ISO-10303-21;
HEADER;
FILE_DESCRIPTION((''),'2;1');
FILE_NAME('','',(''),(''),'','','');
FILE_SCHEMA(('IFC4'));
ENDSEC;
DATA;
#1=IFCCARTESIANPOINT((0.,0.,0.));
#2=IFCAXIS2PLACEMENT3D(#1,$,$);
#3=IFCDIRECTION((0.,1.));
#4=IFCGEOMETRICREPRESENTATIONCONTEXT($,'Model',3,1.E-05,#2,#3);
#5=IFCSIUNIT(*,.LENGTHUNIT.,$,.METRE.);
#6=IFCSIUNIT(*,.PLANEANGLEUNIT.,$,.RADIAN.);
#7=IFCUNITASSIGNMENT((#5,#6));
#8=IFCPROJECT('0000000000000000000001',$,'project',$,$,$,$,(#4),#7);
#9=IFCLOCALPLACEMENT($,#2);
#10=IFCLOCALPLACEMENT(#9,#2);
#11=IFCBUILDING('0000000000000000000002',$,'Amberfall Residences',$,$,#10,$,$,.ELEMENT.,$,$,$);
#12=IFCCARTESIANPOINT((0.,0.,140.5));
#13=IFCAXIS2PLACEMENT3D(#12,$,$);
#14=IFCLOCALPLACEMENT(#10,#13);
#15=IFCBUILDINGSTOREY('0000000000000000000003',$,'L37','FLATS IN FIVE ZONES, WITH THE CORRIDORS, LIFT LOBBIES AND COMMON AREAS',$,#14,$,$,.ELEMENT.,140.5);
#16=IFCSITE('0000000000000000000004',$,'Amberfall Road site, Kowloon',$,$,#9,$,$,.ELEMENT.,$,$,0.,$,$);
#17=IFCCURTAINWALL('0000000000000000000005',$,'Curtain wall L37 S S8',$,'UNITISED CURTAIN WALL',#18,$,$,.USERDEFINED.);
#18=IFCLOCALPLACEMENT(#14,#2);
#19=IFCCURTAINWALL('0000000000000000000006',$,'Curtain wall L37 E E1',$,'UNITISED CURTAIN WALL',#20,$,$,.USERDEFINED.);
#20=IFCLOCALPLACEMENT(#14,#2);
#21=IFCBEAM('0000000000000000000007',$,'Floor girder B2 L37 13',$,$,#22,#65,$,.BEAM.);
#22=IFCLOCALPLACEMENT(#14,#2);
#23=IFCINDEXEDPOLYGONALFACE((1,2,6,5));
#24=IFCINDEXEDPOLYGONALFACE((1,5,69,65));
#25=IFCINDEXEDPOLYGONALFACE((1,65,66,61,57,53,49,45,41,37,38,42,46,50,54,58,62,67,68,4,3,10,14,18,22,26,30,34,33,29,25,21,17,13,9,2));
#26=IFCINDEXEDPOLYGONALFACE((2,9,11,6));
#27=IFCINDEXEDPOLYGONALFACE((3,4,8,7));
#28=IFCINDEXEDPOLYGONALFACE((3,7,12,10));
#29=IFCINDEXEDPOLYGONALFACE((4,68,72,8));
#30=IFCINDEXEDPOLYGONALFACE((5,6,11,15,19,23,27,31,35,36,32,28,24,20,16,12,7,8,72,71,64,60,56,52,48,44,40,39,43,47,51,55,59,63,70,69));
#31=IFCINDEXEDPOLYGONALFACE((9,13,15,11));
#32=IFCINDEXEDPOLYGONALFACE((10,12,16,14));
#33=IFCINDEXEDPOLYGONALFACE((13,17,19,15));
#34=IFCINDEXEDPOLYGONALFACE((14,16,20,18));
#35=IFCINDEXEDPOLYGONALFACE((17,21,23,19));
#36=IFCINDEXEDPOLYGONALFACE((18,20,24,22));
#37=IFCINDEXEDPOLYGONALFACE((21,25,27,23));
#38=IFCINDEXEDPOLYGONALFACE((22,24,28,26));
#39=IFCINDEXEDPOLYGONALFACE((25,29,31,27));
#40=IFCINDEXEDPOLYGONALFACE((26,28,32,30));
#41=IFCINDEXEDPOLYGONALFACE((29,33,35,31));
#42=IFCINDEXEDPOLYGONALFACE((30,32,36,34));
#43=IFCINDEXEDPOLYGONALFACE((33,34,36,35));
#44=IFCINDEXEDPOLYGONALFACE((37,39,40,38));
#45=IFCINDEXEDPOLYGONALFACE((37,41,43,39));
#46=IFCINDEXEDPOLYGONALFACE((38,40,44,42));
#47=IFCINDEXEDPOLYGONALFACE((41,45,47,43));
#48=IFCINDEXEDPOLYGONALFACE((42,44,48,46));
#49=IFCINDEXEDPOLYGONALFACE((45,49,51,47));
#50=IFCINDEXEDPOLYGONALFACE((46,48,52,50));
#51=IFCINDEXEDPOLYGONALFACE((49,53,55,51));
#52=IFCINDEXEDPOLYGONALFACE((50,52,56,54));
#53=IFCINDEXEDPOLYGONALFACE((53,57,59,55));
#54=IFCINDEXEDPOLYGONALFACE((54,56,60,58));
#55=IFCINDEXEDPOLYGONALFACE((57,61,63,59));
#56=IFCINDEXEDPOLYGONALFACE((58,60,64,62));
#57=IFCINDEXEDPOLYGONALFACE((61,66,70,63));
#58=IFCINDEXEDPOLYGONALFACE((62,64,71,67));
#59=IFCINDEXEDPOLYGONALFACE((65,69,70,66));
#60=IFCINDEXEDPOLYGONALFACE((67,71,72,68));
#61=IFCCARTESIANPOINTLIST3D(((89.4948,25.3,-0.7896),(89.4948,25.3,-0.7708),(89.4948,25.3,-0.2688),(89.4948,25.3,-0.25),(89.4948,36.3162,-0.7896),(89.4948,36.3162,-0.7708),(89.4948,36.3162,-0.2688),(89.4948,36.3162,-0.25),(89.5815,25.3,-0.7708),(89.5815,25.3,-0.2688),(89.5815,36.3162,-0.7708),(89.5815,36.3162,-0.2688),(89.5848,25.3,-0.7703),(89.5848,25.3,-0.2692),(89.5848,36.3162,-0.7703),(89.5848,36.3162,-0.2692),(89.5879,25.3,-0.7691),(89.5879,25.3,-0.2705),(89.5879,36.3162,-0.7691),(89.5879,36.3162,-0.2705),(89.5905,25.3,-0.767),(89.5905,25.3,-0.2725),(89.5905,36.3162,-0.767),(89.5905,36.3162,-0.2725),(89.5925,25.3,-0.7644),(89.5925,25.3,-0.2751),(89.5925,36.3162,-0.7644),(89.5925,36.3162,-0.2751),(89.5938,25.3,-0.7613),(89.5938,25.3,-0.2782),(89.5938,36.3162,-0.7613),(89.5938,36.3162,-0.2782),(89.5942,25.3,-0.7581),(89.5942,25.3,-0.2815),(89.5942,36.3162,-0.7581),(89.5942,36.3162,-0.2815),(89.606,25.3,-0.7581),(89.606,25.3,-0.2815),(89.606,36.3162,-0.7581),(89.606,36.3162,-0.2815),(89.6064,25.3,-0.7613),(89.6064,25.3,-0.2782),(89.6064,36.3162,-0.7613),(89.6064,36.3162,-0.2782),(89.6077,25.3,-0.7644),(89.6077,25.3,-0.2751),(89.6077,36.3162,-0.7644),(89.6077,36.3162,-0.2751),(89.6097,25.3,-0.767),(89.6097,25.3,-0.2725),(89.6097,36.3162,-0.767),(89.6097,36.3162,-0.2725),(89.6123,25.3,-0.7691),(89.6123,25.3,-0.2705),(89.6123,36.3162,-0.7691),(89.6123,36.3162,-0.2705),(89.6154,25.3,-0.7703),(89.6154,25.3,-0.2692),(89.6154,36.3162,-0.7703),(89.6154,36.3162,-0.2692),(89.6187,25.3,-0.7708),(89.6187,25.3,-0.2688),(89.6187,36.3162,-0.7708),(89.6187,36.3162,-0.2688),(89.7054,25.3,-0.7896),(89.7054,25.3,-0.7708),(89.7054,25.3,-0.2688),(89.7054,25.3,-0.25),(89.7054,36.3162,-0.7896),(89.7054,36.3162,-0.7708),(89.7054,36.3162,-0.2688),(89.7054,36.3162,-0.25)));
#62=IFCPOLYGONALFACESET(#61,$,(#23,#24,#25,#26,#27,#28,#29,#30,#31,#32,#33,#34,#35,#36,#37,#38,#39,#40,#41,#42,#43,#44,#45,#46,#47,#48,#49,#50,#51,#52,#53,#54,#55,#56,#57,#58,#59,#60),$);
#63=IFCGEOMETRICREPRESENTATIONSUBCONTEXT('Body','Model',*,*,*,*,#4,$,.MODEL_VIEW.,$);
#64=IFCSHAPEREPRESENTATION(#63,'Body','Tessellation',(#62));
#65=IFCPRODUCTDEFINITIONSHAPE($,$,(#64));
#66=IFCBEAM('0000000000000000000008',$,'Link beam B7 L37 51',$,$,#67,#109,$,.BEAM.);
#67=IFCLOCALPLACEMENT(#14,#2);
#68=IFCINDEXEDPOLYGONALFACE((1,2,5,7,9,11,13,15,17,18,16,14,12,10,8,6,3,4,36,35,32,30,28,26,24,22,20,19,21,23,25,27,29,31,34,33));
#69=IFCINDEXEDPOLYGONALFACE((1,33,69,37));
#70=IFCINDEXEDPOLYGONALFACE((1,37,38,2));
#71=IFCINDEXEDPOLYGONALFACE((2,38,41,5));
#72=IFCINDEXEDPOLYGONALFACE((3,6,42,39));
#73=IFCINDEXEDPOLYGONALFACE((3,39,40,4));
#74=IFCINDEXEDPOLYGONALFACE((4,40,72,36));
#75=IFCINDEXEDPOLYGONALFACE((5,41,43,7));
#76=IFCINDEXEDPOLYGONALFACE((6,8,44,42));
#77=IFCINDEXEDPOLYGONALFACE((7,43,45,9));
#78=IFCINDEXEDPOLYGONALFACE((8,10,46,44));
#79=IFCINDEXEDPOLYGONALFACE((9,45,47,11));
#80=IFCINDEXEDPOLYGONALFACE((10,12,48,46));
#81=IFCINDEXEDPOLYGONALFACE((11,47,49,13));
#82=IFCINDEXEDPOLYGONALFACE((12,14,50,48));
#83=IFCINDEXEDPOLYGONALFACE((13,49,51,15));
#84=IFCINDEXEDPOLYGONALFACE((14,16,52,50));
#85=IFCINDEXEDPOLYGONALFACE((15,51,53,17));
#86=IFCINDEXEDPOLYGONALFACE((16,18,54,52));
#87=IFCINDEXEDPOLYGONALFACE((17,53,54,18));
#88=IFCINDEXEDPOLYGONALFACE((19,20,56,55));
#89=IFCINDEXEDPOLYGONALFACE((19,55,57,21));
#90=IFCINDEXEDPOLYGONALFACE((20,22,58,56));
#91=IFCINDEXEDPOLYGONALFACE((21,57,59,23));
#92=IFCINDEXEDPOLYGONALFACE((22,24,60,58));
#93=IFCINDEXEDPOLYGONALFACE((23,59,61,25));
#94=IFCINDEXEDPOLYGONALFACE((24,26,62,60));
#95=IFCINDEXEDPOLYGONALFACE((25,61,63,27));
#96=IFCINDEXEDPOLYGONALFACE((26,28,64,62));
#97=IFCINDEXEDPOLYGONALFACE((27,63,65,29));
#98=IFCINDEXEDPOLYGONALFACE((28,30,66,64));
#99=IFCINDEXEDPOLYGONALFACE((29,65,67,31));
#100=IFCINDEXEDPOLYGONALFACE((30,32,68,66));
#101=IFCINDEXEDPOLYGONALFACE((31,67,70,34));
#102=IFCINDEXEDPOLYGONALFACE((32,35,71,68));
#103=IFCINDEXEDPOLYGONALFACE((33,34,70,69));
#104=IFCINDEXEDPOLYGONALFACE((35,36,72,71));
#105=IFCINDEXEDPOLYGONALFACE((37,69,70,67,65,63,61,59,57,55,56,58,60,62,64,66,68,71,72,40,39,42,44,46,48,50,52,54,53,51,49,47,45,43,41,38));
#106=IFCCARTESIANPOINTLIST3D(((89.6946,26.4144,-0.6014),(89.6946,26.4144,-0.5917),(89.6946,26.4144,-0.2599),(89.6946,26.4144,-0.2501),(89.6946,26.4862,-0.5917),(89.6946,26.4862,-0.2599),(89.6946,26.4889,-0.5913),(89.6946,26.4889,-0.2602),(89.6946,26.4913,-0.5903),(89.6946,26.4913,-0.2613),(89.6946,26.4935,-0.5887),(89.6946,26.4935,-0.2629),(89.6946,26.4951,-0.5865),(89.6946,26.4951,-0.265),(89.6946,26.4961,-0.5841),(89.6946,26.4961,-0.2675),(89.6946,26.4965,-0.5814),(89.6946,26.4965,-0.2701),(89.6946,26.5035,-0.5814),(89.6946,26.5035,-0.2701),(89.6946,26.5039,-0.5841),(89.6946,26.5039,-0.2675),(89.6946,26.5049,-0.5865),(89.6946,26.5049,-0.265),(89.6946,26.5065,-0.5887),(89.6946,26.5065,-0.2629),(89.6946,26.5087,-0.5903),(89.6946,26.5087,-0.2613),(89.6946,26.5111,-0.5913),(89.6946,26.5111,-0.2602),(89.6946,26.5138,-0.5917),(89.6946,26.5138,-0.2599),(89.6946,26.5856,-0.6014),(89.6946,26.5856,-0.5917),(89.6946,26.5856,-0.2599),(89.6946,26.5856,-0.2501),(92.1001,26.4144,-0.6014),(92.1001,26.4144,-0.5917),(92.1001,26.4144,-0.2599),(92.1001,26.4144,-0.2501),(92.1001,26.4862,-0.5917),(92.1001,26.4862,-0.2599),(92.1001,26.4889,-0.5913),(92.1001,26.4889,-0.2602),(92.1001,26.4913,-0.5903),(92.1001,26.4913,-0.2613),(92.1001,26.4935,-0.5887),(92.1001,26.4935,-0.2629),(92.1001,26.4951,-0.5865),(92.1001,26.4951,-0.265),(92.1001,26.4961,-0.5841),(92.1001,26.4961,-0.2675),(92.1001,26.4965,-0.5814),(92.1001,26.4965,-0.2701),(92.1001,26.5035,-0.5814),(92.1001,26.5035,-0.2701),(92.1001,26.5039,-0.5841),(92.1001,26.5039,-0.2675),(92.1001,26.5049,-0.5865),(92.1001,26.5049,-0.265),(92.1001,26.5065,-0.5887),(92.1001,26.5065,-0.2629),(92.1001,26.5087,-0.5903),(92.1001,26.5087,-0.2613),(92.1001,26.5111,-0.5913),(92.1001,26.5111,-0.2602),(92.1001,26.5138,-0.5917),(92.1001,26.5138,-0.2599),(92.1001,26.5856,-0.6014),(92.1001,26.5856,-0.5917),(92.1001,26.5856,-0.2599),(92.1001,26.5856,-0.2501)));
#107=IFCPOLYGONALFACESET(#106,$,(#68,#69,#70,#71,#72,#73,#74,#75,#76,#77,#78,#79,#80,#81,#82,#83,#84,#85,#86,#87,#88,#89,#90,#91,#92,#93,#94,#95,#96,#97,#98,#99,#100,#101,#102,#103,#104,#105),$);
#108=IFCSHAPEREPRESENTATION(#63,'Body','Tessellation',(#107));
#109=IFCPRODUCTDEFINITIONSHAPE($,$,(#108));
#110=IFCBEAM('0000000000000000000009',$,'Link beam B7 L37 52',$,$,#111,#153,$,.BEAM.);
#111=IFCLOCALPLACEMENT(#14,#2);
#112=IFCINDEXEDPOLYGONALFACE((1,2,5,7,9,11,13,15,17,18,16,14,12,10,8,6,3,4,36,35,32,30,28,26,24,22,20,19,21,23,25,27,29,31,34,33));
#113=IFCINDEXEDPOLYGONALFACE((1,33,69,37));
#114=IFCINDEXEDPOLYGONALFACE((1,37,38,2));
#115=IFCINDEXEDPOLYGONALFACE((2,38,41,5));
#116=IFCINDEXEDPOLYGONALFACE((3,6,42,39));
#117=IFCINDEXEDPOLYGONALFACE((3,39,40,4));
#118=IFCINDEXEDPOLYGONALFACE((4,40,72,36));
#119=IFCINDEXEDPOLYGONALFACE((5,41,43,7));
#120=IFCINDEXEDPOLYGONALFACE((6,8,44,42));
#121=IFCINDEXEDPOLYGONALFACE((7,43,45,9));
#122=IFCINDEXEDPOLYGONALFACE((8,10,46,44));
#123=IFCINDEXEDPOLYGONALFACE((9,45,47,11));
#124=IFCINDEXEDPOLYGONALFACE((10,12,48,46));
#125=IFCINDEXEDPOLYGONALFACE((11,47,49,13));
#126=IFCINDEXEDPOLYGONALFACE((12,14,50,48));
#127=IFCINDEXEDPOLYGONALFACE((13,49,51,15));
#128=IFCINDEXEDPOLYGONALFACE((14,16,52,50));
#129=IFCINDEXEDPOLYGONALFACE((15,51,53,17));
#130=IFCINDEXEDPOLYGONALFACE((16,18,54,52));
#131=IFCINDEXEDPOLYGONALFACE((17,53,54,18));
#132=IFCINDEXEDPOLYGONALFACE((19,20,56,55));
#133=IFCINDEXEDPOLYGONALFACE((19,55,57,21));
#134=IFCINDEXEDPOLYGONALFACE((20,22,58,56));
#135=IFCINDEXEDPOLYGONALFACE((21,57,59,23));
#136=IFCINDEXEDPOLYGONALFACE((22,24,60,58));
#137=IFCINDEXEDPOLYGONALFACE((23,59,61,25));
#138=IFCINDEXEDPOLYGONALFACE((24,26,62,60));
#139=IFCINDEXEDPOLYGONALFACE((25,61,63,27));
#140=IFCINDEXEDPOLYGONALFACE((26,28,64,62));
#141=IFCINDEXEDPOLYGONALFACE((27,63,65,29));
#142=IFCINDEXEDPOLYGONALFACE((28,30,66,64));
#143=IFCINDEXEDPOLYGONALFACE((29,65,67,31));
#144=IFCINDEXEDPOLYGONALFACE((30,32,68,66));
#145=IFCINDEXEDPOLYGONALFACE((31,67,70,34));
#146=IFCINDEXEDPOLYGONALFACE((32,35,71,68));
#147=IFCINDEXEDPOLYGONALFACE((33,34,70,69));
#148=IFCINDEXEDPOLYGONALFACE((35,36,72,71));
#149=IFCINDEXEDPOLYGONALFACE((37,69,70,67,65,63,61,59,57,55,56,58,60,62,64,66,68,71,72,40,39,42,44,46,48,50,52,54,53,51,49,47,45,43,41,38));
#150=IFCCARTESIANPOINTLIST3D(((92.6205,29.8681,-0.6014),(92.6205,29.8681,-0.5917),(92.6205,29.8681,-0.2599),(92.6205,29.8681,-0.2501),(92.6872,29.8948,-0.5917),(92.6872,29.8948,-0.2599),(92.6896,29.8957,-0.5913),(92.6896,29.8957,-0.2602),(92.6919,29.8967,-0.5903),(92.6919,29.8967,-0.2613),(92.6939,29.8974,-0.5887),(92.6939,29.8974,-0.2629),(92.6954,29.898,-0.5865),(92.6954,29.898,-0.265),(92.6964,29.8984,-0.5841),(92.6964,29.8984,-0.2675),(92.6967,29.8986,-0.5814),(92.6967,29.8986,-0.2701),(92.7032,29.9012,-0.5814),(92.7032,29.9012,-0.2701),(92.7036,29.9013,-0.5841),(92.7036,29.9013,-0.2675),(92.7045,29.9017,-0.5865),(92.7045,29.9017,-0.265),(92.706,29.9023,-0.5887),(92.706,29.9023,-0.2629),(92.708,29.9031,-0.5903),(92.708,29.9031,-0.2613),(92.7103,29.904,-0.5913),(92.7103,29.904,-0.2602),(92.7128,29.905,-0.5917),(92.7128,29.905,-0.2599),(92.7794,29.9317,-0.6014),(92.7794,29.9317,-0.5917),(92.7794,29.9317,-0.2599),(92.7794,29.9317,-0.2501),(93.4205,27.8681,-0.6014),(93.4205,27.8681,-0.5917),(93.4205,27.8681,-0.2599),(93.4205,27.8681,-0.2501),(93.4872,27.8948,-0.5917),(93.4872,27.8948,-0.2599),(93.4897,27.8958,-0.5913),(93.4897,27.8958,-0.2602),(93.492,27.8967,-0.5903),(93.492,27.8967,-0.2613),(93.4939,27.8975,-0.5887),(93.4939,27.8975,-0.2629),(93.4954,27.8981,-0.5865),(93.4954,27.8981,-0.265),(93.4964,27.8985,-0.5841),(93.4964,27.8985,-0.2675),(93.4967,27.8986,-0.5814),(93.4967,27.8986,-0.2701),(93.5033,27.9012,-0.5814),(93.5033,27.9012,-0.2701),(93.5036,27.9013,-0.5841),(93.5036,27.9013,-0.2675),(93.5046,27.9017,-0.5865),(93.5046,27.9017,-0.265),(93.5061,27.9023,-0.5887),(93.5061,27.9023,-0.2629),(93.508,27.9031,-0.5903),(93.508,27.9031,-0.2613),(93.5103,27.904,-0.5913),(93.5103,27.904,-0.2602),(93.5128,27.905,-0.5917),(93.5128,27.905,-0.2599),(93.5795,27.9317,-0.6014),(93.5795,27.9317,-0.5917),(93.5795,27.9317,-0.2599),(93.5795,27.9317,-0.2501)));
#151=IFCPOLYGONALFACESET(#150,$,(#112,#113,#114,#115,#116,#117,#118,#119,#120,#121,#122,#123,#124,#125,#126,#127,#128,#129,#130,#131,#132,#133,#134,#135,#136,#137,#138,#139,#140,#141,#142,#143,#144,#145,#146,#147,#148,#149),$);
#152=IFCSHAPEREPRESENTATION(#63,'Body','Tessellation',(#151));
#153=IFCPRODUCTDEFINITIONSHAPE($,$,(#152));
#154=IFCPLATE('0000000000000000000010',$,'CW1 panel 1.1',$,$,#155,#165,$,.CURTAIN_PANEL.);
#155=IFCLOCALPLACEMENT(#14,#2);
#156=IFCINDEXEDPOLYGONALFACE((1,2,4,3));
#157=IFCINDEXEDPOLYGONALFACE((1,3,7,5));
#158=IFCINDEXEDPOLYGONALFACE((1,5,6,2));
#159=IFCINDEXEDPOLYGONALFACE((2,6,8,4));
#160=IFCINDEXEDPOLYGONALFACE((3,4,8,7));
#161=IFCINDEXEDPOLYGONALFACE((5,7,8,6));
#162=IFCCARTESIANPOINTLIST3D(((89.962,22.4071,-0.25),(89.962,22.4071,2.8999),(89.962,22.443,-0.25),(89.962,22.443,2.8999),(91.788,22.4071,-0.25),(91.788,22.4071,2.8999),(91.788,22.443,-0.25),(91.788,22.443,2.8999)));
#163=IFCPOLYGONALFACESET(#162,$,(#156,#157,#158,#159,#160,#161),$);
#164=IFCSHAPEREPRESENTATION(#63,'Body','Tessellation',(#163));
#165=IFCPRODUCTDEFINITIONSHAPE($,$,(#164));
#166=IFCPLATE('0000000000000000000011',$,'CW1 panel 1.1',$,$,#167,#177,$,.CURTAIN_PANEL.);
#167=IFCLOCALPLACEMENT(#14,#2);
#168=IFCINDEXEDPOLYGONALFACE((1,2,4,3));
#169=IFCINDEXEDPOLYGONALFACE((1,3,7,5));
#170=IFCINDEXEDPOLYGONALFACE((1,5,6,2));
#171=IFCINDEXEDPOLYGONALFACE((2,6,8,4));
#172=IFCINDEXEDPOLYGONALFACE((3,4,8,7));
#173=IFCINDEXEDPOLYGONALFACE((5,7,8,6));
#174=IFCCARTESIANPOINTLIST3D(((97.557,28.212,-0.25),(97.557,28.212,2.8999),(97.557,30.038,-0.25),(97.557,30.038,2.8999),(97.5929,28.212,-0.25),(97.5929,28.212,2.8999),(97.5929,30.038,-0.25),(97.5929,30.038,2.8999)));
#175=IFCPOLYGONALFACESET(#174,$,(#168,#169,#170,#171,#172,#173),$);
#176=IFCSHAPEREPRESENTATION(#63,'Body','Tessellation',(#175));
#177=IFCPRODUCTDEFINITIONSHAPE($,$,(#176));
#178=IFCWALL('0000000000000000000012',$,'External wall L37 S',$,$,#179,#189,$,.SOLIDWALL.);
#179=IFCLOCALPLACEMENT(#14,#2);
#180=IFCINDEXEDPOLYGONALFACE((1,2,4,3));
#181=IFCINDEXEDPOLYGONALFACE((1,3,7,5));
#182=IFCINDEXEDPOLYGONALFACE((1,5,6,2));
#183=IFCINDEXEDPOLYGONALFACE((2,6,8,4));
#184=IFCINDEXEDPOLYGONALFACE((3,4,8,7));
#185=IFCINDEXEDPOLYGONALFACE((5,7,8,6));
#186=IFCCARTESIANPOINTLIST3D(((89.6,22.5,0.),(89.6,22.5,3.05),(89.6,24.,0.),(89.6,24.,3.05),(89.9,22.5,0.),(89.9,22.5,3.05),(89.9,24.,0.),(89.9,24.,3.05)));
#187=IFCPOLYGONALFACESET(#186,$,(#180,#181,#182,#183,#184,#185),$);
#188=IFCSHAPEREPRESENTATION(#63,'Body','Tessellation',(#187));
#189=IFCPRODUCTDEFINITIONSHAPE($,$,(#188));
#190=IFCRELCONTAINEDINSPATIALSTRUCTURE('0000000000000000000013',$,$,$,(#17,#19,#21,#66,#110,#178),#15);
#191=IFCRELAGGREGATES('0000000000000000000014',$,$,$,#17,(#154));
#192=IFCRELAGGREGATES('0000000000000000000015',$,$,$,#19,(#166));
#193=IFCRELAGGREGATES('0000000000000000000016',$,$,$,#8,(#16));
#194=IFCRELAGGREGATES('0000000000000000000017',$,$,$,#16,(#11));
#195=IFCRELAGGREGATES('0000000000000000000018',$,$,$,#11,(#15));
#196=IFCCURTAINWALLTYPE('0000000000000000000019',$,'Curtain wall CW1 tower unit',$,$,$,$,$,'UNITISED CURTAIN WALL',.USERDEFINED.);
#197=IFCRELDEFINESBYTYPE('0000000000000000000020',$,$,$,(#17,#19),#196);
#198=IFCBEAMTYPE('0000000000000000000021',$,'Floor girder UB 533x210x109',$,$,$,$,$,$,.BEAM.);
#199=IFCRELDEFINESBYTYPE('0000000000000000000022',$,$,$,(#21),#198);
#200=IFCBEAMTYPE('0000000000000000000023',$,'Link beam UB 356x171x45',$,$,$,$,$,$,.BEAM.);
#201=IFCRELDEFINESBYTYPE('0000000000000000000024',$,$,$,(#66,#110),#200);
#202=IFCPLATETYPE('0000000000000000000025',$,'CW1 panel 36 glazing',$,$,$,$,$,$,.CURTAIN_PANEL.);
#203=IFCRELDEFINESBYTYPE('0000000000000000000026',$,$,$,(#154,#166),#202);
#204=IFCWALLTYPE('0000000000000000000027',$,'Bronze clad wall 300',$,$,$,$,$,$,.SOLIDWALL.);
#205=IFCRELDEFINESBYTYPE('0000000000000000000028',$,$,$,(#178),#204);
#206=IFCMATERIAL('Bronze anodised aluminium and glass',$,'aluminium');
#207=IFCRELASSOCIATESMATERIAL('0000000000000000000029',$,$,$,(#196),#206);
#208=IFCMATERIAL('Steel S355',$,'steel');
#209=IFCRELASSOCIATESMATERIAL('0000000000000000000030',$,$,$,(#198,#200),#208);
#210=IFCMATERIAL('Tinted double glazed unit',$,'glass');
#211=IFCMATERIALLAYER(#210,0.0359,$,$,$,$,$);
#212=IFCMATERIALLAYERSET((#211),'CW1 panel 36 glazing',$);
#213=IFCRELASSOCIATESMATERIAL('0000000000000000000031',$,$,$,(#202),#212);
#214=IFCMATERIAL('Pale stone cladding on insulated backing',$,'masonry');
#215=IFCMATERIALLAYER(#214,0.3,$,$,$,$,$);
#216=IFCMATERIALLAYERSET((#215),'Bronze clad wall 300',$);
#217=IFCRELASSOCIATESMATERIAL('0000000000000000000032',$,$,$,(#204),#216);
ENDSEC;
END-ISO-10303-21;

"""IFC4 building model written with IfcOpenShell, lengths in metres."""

from ifc_helpers import new_model, si_unit, direction, frame, frame_2d, origin, origin_2d, place, context, subcontext, project, spatial, rectangle, i_section, extrude, material, layer, layer_set, material_profile, profile_set, type_object, element, aggregate, save


model = new_model("IFC4")

# Units and contexts
model_context = context("Model", 3, precision=1e-05, world=origin(), true_north=direction((0.0, 1.0)))
body_context = subcontext(model_context, "Body", "Model", "MODEL_VIEW")
ifc_project = project(units=[si_unit("LENGTHUNIT", "METRE"), si_unit("PLANEANGLEUNIT", "RADIAN")], contexts=[model_context])

# Site, building, storey
site_placement = place(None, origin())
site = spatial("IfcSite", under=ifc_project, at=site_placement, Name="Amberfall Road site, Kowloon", CompositionType="ELEMENT", RefElevation=0.0)
building_placement = place(site_placement, origin())
building = spatial("IfcBuilding", under=site, at=building_placement, Name="Amberfall Residences", CompositionType="ELEMENT")
storey_placement = place(building_placement, frame((0.0, 0.0, 140.5)))
storey = spatial("IfcBuildingStorey", under=building, at=storey_placement, Name="L37", Description="FLATS IN FIVE ZONES, WITH THE CORRIDORS, LIFT LOBBIES AND COMMON AREAS", CompositionType="ELEMENT", Elevation=140.5)

# Curtain walls
ifc_material_1 = material(Name="Bronze anodised aluminium and glass", Category="aluminium")
curtain_wall_type = type_object("IfcCurtainWallType", Name="Curtain wall CW1 tower unit", ElementType="UNITISED CURTAIN WALL", PredefinedType="USERDEFINED", material=ifc_material_1)
curtain_wall_1_placement = place(storey_placement, origin())
curtain_wall_1 = element("IfcCurtainWall", 1, at=curtain_wall_1_placement, inside=storey, type_object=curtain_wall_type, Name="Curtain wall L37 S S8", ObjectType="UNITISED CURTAIN WALL", PredefinedType="USERDEFINED")
curtain_wall_2_placement = place(storey_placement, origin())
curtain_wall_2 = element("IfcCurtainWall", 2, at=curtain_wall_2_placement, inside=storey, type_object=curtain_wall_type, Name="Curtain wall L37 E E1", ObjectType="UNITISED CURTAIN WALL", PredefinedType="USERDEFINED")

# Beams
ifc_material_2 = material(Name="Steel S355", Category="steel")
ifc_material_profile_1 = material_profile(ifc_material_2, i_section(OverallWidth=0.2107, OverallDepth=0.5396, WebThickness=0.0117, FlangeThickness=0.0188, FilletRadius=0.0127, at=origin_2d()), Name="UB 533x210x109")
ifc_profile_set_1 = profile_set([ifc_material_profile_1], Name="Steel S355")
beam_type_1 = type_object("IfcBeamType", Name="Floor girder UB 533x210x109", PredefinedType="BEAM", material=ifc_profile_set_1)
beam_1_placement = place(storey_placement, frame((89.6001, 25.3, -0.5198), z_axis=(0.0, 1.0, 0.0), x_axis=(-1.0, 0.0, 0.0)))
element("IfcBeam", 3, at=beam_1_placement, inside=storey, type_object=beam_type_1, Name="Floor girder B2 L37 13", PredefinedType="BEAM", context=body_context, shape_type="SweptSolid", body=[
    extrude(i_section(OverallWidth=0.2107, OverallDepth=0.5396, WebThickness=0.0117, FlangeThickness=0.0188, FilletRadius=0.0127, at=origin_2d()), origin(), (0.0, 0.0, 1.0), 11.0161),
])
ifc_material_profile_2 = material_profile(ifc_material_2, i_section(OverallWidth=0.1711, OverallDepth=0.3513, WebThickness=0.0071, FlangeThickness=0.0098, FilletRadius=0.0103, at=origin_2d()), Name="UB 356x171x45")
ifc_profile_set_2 = profile_set([ifc_material_profile_2], Name="Steel S355")
beam_type_2 = type_object("IfcBeamType", Name="Link beam UB 356x171x45", PredefinedType="BEAM", material=ifc_profile_set_2)
beam_2_placement = place(storey_placement, frame((92.1001, 26.5, -0.4258), z_axis=(-1.0, 0.0, 0.0), x_axis=(0.0, -1.0, 0.0)))
element("IfcBeam", 4, at=beam_2_placement, inside=storey, type_object=beam_type_2, Name="Link beam B7 L37 51", PredefinedType="BEAM", context=body_context, shape_type="SweptSolid", body=[
    extrude(i_section(OverallWidth=0.1711, OverallDepth=0.3513, WebThickness=0.0071, FlangeThickness=0.0098, FilletRadius=0.0103, at=origin_2d()), origin(), (0.0, 0.0, 1.0), 2.4055),
])
beam_3_placement = place(storey_placement, frame((93.5, 27.8999, -0.4258), z_axis=(-0.37141, 0.928469, 0.0), x_axis=(-0.928469, -0.37141, 0.0)))
element("IfcBeam", 5, at=beam_3_placement, inside=storey, type_object=beam_type_2, Name="Link beam B7 L37 52", PredefinedType="BEAM", context=body_context, shape_type="SweptSolid", body=[
    extrude(i_section(OverallWidth=0.1711, OverallDepth=0.3513, WebThickness=0.0071, FlangeThickness=0.0098, FilletRadius=0.0103, at=origin_2d()), origin(), (0.0, 0.0, 1.0), 2.1541),
])

# Plates
ifc_material_3 = material(Name="Tinted double glazed unit", Category="glass")
ifc_layer_1 = layer(ifc_material_3, 0.0359)
ifc_layer_set_1 = layer_set([ifc_layer_1], Name="CW1 panel 36 glazing")
plate_type = type_object("IfcPlateType", Name="CW1 panel 36 glazing", PredefinedType="CURTAIN_PANEL", material=ifc_layer_set_1)
plate_1_placement = place(storey_placement, frame((90.875, 22.425, -0.25), z_axis=(0.0, 0.0, 1.0), x_axis=(1.0, 0.0, 0.0)))
plate_1 = element("IfcPlate", 6, at=plate_1_placement, type_object=plate_type, Name="CW1 panel 1.1", PredefinedType="CURTAIN_PANEL", context=body_context, shape_type="SweptSolid", body=[
    extrude(rectangle(XDim=1.8259, YDim=0.0359, at=origin_2d()), origin(), (0.0, 0.0, 1.0), 3.1499),
])
aggregate(curtain_wall_1, [plate_1])
plate_2_placement = place(storey_placement, frame((97.575, 29.125, -0.25), z_axis=(0.0, 0.0, 1.0), x_axis=(0.0, 1.0, 0.0)))
plate_2 = element("IfcPlate", 7, at=plate_2_placement, type_object=plate_type, Name="CW1 panel 1.1", PredefinedType="CURTAIN_PANEL", context=body_context, shape_type="SweptSolid", body=[
    extrude(rectangle(XDim=1.8259, YDim=0.0359, at=origin_2d()), origin(), (0.0, 0.0, 1.0), 3.1499),
])
aggregate(curtain_wall_2, [plate_2])

# Wall
ifc_material_4 = material(Name="Pale stone cladding on insulated backing", Category="masonry")
ifc_layer_2 = layer(ifc_material_4, 0.3)
ifc_layer_set_2 = layer_set([ifc_layer_2], Name="Bronze clad wall 300")
wall_type_1 = type_object("IfcWallType", Name="Bronze clad wall 300", PredefinedType="SOLIDWALL", material=ifc_layer_set_2)
wall_1_placement = place(storey_placement, frame((89.75, 24.0, 0.0), z_axis=(0.0, 0.0, 1.0), x_axis=(0.0, -1.0, 0.0)))
element("IfcWall", 8, at=wall_1_placement, inside=storey, type_object=wall_type_1, Name="External wall L37 S", PredefinedType="SOLIDWALL", context=body_context, shape_type="SweptSolid", body=[
    extrude(rectangle(XDim=1.5, YDim=0.3, at=frame_2d((0.75, 0.0))), origin(), (0.0, 0.0, 1.0), 3.05),
])

save(model, "model.ifc")
